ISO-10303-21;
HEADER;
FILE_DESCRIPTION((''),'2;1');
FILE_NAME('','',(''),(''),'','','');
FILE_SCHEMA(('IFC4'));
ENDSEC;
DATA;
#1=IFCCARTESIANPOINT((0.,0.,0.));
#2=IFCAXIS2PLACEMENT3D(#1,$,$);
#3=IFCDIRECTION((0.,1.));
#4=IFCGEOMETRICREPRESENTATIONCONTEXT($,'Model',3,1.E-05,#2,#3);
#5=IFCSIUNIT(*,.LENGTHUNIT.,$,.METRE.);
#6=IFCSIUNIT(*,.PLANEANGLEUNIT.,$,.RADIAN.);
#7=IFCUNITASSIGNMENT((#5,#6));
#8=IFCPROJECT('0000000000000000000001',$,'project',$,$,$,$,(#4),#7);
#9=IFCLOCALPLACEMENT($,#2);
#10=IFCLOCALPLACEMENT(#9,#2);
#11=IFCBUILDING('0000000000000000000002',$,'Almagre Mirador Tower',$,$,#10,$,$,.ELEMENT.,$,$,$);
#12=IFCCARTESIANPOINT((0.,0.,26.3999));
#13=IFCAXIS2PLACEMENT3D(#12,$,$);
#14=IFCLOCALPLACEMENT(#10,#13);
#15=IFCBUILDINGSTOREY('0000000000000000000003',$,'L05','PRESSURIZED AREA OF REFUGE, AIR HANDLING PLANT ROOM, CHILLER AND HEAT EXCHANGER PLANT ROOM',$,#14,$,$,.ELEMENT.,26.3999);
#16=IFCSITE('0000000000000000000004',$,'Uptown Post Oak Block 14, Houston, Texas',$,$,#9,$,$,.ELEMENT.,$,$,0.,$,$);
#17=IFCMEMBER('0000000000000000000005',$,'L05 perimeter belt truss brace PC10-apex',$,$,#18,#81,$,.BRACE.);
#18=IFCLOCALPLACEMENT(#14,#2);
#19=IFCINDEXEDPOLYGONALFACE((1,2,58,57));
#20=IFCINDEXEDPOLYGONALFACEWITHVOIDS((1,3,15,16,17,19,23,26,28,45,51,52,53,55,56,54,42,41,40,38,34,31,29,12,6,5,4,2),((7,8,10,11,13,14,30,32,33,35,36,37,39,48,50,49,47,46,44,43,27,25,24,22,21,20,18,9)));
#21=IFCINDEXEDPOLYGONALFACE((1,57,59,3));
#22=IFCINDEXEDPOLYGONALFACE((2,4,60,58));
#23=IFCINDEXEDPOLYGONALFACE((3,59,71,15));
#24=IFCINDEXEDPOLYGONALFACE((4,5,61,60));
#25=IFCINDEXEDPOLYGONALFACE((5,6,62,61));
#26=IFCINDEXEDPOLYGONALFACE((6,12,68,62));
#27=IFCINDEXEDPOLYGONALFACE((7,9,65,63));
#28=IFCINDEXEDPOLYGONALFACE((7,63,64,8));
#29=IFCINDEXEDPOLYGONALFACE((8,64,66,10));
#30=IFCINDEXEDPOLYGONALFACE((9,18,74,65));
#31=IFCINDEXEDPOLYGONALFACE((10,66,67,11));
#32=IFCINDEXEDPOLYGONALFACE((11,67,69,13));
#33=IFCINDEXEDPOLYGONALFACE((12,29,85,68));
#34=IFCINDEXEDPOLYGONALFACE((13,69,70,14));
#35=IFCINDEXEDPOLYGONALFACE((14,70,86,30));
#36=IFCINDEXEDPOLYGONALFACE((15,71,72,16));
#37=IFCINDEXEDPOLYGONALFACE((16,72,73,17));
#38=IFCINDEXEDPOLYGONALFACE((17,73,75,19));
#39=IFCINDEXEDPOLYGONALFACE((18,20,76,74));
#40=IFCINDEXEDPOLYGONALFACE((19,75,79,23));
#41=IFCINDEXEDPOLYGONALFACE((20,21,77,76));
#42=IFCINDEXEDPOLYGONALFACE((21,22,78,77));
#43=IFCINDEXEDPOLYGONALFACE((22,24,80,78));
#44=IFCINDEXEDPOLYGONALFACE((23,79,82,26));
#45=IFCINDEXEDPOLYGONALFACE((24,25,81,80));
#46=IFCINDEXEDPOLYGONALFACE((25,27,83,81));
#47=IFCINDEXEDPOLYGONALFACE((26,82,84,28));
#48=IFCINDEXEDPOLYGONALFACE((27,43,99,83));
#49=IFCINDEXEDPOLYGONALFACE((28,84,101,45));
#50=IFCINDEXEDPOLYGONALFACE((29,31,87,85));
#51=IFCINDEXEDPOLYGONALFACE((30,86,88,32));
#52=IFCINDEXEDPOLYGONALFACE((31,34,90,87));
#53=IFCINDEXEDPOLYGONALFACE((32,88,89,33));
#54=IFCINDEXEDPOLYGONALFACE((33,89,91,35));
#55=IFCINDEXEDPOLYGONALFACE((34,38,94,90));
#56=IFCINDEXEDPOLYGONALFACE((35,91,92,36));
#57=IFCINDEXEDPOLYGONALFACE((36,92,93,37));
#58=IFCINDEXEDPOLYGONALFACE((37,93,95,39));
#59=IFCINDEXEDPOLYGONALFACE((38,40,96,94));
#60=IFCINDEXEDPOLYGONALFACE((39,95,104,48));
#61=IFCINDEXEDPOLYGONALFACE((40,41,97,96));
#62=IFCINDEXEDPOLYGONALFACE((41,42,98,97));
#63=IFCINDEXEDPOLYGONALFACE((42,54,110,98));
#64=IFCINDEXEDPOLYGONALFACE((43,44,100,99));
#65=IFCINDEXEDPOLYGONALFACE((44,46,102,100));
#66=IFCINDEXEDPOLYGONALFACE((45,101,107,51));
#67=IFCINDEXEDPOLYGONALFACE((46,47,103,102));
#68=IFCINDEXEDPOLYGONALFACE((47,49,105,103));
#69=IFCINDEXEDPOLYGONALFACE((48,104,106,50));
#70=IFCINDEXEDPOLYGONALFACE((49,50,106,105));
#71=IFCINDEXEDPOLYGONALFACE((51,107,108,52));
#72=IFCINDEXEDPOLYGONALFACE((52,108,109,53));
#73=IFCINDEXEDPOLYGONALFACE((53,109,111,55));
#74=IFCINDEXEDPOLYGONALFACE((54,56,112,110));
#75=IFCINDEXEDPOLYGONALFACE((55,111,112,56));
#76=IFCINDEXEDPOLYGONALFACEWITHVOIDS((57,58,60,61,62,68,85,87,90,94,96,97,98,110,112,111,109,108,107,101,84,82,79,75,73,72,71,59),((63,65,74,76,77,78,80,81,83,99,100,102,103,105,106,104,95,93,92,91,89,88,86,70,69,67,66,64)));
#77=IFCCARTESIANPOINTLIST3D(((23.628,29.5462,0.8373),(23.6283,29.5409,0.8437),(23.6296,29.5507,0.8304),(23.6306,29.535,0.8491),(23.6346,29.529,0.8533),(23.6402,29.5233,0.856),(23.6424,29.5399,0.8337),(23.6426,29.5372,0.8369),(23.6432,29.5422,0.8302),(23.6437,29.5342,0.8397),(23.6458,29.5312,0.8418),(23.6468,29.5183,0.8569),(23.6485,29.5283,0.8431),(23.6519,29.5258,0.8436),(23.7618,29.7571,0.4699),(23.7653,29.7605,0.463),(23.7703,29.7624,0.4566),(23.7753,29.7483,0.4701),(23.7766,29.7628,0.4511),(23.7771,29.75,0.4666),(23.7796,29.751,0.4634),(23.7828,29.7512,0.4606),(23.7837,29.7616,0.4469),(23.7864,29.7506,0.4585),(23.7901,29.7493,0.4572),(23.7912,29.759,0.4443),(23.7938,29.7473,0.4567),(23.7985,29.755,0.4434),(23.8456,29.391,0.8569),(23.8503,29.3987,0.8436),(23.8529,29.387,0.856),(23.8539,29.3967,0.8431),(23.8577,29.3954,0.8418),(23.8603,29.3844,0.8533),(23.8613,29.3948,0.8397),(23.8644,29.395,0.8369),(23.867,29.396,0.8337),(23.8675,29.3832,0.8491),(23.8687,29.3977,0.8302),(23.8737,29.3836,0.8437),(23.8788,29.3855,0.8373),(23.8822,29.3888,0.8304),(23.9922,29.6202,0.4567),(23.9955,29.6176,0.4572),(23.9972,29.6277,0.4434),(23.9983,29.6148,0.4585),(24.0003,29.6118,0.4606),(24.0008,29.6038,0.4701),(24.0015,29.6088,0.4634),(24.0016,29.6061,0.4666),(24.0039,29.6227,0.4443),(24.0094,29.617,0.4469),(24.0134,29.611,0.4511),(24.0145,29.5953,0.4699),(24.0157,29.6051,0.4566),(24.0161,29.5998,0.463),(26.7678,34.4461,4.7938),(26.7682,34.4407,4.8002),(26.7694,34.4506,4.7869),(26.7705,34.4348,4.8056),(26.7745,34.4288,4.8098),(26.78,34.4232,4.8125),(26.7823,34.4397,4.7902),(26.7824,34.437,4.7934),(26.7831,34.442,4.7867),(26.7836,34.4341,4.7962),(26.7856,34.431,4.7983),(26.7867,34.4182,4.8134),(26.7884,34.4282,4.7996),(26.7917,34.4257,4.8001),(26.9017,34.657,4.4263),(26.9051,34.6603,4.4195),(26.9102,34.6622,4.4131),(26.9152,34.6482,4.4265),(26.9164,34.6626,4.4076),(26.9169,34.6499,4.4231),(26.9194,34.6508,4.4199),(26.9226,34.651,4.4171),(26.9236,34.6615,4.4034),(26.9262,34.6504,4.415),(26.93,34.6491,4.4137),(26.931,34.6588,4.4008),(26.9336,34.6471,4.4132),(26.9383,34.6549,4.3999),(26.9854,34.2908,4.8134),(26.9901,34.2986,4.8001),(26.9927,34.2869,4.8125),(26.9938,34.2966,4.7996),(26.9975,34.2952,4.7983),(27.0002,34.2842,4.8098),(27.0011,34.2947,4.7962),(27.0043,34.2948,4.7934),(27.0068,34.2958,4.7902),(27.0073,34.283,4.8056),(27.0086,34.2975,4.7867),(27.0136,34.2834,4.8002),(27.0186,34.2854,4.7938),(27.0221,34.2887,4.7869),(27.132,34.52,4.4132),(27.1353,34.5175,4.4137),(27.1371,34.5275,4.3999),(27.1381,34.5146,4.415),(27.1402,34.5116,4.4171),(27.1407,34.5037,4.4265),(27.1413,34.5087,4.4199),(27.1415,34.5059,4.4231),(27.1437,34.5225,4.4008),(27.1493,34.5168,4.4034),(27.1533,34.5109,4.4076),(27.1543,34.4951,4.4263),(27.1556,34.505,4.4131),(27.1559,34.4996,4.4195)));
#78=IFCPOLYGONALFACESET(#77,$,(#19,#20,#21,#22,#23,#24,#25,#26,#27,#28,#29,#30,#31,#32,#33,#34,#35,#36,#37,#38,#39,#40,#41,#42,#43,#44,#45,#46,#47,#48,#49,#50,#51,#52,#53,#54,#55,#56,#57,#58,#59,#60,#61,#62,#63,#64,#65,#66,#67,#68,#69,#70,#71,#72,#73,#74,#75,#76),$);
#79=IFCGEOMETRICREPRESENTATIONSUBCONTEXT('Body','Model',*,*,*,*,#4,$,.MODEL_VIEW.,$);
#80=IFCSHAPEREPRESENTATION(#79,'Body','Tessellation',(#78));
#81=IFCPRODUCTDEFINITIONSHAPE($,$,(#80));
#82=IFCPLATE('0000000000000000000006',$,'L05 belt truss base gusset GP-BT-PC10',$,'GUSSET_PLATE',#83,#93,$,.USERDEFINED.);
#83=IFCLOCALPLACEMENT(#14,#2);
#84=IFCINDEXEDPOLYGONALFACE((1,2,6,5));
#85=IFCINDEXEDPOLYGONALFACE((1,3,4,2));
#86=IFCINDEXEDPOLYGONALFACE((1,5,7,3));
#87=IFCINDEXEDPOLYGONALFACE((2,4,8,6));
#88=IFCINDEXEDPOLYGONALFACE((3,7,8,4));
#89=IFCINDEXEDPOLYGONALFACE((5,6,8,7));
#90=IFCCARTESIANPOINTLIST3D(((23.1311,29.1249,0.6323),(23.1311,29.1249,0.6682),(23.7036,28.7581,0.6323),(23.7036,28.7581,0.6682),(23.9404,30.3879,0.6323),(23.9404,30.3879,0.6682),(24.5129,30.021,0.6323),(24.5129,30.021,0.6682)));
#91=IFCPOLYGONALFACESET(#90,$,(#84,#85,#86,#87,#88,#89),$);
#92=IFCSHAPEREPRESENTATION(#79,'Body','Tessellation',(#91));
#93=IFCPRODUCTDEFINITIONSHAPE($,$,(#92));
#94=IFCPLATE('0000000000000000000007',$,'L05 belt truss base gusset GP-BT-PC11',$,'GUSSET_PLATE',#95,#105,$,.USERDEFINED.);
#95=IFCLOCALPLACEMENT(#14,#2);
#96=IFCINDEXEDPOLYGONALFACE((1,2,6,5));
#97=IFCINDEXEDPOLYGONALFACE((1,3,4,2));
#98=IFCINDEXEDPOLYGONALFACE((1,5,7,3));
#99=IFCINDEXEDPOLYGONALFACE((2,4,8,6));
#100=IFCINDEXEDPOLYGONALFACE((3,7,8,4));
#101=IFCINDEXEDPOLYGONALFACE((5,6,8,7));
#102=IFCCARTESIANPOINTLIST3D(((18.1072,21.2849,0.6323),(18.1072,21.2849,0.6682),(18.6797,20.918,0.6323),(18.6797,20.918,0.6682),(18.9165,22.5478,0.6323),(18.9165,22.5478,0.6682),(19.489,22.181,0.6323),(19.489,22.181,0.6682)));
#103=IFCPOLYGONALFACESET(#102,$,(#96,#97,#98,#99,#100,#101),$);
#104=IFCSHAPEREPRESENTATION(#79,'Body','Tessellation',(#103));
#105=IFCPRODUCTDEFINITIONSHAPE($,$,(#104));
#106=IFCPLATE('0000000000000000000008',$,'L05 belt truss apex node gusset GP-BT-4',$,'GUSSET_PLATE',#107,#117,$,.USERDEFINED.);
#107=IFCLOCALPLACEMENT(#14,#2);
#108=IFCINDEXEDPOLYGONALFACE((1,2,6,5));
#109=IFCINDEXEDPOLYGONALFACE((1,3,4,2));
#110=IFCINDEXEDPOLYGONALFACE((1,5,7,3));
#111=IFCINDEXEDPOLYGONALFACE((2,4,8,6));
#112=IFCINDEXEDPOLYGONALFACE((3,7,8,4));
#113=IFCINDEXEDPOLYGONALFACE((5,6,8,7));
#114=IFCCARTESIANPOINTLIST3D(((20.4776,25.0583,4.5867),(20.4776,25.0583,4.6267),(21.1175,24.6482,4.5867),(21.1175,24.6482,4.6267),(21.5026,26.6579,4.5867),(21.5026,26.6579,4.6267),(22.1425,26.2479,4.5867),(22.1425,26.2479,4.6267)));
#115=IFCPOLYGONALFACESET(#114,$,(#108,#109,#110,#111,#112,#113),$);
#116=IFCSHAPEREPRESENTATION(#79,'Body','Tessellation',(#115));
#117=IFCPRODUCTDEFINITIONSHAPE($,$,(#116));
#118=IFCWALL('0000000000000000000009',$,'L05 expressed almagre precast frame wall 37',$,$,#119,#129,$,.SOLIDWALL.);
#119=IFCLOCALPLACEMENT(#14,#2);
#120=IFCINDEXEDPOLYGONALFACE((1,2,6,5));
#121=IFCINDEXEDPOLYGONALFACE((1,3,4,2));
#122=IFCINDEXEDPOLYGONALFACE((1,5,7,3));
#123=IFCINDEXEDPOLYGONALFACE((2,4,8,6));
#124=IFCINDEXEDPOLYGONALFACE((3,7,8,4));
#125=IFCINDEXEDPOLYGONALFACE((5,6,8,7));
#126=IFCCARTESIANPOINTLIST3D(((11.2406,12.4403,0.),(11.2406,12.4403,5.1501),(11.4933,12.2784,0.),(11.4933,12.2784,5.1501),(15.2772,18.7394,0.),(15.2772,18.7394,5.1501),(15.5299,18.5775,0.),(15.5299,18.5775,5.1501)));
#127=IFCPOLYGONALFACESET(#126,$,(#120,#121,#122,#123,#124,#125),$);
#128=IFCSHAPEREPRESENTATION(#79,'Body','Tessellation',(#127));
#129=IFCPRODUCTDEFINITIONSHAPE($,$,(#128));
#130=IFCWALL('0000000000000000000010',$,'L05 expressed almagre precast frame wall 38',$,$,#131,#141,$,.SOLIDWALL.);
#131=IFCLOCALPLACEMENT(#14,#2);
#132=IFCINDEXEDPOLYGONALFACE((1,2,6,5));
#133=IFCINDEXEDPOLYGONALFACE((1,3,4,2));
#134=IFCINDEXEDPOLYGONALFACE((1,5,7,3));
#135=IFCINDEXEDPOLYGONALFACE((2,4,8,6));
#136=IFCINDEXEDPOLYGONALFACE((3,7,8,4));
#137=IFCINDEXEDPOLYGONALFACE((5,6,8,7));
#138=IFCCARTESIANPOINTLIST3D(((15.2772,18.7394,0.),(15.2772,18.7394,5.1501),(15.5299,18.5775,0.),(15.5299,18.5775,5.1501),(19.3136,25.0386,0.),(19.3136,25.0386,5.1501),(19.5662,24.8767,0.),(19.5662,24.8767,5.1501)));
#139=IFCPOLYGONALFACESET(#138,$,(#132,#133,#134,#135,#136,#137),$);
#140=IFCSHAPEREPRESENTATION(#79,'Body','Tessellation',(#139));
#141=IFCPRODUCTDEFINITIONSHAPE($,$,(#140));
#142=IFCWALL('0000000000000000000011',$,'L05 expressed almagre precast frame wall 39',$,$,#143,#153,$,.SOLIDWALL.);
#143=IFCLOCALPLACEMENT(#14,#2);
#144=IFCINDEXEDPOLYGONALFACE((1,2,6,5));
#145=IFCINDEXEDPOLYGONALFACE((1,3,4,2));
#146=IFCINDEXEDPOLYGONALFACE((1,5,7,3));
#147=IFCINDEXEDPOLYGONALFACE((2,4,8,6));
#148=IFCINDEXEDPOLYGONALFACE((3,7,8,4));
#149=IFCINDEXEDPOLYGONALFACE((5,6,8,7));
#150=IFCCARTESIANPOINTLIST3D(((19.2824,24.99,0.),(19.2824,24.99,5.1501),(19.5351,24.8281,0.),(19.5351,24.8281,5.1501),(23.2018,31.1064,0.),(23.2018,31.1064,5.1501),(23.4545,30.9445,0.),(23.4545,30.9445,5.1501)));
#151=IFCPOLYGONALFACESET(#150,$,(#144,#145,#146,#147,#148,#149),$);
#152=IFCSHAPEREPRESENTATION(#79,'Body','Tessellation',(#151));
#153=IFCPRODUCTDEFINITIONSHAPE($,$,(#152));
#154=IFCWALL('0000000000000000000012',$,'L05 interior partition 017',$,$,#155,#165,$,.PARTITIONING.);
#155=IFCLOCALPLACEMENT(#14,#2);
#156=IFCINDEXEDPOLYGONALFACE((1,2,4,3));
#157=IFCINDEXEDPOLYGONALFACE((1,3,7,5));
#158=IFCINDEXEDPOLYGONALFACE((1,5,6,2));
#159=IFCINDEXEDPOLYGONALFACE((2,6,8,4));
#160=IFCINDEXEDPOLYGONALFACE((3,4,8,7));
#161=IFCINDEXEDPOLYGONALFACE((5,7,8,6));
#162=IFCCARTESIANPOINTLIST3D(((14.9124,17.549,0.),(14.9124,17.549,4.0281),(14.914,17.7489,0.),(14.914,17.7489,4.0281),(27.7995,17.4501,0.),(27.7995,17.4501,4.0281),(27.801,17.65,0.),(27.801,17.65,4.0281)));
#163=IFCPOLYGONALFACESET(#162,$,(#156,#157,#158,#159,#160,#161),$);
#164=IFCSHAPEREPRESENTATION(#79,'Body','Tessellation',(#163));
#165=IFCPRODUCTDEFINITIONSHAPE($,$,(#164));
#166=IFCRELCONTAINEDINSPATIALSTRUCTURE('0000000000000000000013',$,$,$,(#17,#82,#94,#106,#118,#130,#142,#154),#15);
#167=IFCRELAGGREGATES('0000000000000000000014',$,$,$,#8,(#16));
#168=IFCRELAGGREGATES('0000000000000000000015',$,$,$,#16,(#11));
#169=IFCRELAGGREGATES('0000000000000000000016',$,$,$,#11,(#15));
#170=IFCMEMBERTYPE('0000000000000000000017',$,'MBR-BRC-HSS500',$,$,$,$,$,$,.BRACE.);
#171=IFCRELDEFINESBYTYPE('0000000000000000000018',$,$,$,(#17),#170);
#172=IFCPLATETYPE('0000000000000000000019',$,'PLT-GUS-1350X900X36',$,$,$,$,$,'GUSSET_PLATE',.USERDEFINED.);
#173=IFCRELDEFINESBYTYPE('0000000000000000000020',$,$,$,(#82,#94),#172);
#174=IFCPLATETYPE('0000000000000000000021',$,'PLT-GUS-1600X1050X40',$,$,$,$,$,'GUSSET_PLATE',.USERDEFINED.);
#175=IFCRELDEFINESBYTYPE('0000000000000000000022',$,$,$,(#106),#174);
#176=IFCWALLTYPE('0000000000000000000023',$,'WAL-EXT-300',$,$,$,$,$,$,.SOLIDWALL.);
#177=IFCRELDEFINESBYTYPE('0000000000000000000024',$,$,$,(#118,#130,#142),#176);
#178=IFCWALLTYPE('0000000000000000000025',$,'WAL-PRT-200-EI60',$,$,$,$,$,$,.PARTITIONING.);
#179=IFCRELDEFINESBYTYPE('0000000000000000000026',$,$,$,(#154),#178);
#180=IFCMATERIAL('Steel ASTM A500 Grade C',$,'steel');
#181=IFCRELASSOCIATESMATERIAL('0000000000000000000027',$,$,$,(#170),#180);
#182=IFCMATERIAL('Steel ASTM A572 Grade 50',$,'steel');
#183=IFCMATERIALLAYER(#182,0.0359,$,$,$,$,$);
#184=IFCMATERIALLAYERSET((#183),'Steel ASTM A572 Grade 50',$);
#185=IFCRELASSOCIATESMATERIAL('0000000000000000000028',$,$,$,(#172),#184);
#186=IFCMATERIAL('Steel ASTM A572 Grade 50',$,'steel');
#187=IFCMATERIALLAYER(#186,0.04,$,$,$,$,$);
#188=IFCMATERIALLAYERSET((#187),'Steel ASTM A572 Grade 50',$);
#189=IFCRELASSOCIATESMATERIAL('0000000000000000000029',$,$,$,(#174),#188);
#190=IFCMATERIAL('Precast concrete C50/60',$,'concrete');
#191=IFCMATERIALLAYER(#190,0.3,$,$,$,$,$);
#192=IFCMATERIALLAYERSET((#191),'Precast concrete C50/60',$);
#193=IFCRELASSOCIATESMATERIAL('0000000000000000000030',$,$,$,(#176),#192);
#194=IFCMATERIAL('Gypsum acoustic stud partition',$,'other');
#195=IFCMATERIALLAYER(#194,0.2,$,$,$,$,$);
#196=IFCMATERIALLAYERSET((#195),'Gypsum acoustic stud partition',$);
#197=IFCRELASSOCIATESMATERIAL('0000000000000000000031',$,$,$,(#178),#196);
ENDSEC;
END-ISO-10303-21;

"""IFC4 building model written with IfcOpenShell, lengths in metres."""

from ifc_helpers import new_model, si_unit, direction, frame, frame_2d, origin, origin_2d, place, context, subcontext, project, spatial, rectangle, hollow_rectangle, extrude, material, layer, layer_set, material_profile, profile_set, type_object, element, save


model = new_model("IFC4")

# Units and contexts
model_context = context("Model", 3, precision=1e-05, world=origin(), true_north=direction((0.0, 1.0)))
body_context = subcontext(model_context, "Body", "Model", "MODEL_VIEW")
ifc_project = project(units=[si_unit("LENGTHUNIT", "METRE"), si_unit("PLANEANGLEUNIT", "RADIAN")], contexts=[model_context])

# Site, building, storey
site_placement = place(None, origin())
site = spatial("IfcSite", under=ifc_project, at=site_placement, Name="Uptown Post Oak Block 14, Houston, Texas", CompositionType="ELEMENT", RefElevation=0.0)
building_placement = place(site_placement, origin())
building = spatial("IfcBuilding", under=site, at=building_placement, Name="Almagre Mirador Tower", CompositionType="ELEMENT")
storey_placement = place(building_placement, frame((0.0, 0.0, 26.3999)))
storey = spatial("IfcBuildingStorey", under=building, at=storey_placement, Name="L05", Description="PRESSURIZED AREA OF REFUGE, AIR HANDLING PLANT ROOM, CHILLER AND HEAT EXCHANGER PLANT ROOM", CompositionType="ELEMENT", Elevation=26.3999)

# Member
ifc_material_1 = material(Name="Steel ASTM A500 Grade C", Category="steel")
ifc_material_profile_1 = material_profile(ifc_material_1, hollow_rectangle(XDim=0.3, YDim=0.5, WallThickness=0.0161, InnerFilletRadius=0.0161, OuterFilletRadius=0.032, at=origin_2d()), Name="HSS500X300X16")
ifc_profile_set_1 = profile_set([ifc_material_profile_1], Name="Steel ASTM A500 Grade C")
member_type_1 = type_object("IfcMemberType", Name="MBR-BRC-HSS500", PredefinedType="BRACE", material=ifc_profile_set_1)
member_placement = place(storey_placement, frame((23.822, 29.573, 0.6501), z_axis=(0.446185, 0.696286, 0.562232), x_axis=(-0.841963, 0.539536, 0.0)))
element("IfcMember", 1, at=member_placement, inside=storey, type_object=member_type_1, Name="L05 perimeter belt truss brace PC10-apex", PredefinedType="BRACE", context=body_context, shape_type="SweptSolid", body=[
    extrude(hollow_rectangle(XDim=0.3, YDim=0.5, WallThickness=0.0161, InnerFilletRadius=0.0161, OuterFilletRadius=0.032, at=origin_2d()), origin(), (0.0, 0.0, 1.0), 7.0371),
])

# Plates
ifc_material_2 = material(Name="Steel ASTM A572 Grade 50", Category="steel")
ifc_layer_1 = layer(ifc_material_2, 0.0359)
ifc_layer_set_1 = layer_set([ifc_layer_1], Name="Steel ASTM A572 Grade 50")
plate_type_1 = type_object("IfcPlateType", Name="PLT-GUS-1350X900X36", ElementType="GUSSET_PLATE", PredefinedType="USERDEFINED", material=ifc_layer_set_1)
for number, where, z_axis, x_axis, name in (
    (2, (23.822, 29.573, 0.6323), (0.0, 0.0, 1.0), (-0.539535, -0.841963, 0.0), "L05 belt truss base gusset GP-BT-PC10"),
    (3, (18.7981, 21.7329, 0.6323), (0.0, 0.0, 1.0), (-0.539535, -0.841963, 0.0), "L05 belt truss base gusset GP-BT-PC11"),
):
    element("IfcPlate", number, at=place(storey_placement, frame(where, z_axis=z_axis, x_axis=x_axis)), inside=storey, type_object=plate_type_1, Name=name, ObjectType="GUSSET_PLATE", PredefinedType="USERDEFINED", context=body_context, shape_type="SweptSolid", body=[
        extrude(rectangle(XDim=1.5, YDim=0.6799, at=origin_2d()), origin(), (0.0, 0.0, 1.0), 0.0359),
    ])
ifc_material_3 = material(Name="Steel ASTM A572 Grade 50", Category="steel")
ifc_layer_2 = layer(ifc_material_3, 0.04)
ifc_layer_set_2 = layer_set([ifc_layer_2], Name="Steel ASTM A572 Grade 50")
plate_type_2 = type_object("IfcPlateType", Name="PLT-GUS-1600X1050X40", ElementType="GUSSET_PLATE", PredefinedType="USERDEFINED", material=ifc_layer_set_2)
plate_placement = place(storey_placement, frame((21.3101, 25.6531, 4.5867), z_axis=(0.0, 0.0, 1.0), x_axis=(-0.539535, -0.841963, 0.0)))
element("IfcPlate", 4, at=plate_placement, inside=storey, type_object=plate_type_2, Name="L05 belt truss apex node gusset GP-BT-4", ObjectType="GUSSET_PLATE", PredefinedType="USERDEFINED", context=body_context, shape_type="SweptSolid", body=[
    extrude(rectangle(XDim=1.8999, YDim=0.76, at=origin_2d()), origin(), (0.0, 0.0, 1.0), 0.04),
])

# Walls
ifc_material_4 = material(Name="Precast concrete C50/60", Category="concrete")
ifc_layer_3 = layer(ifc_material_4, 0.3)
ifc_layer_set_3 = layer_set([ifc_layer_3], Name="Precast concrete C50/60")
wall_type_1 = type_object("IfcWallType", Name="WAL-EXT-300", PredefinedType="SOLIDWALL", material=ifc_layer_set_3)
for number, where, z_axis, x_axis, name in (
    (5, (11.3669, 12.3594, 0.0), (0.0, 0.0, 1.0), (0.539548, 0.841955, 0.0), "L05 expressed almagre precast frame wall 37"),
    (6, (15.4036, 18.6584, 0.0), (0.0, 0.0, 1.0), (0.53951, 0.841979, 0.0), "L05 expressed almagre precast frame wall 38"),
):
    element("IfcWall", number, at=place(storey_placement, frame(where, z_axis=z_axis, x_axis=x_axis)), inside=storey, type_object=wall_type_1, Name=name, PredefinedType="SOLIDWALL", context=body_context, shape_type="SweptSolid", body=[
        extrude(rectangle(XDim=7.4814, YDim=0.3, at=frame_2d((3.7407, 0.0))), origin(), (0.0, 0.0, 1.0), 5.1501),
    ])
wall_1_placement = place(storey_placement, frame((19.4087, 24.9089, 0.0), z_axis=(0.0, 0.0, 1.0), x_axis=(0.539532, 0.841965, 0.0)))
element("IfcWall", 7, at=wall_1_placement, inside=storey, type_object=wall_type_1, Name="L05 expressed almagre precast frame wall 39", PredefinedType="SOLIDWALL", context=body_context, shape_type="SweptSolid", body=[
    extrude(rectangle(XDim=7.2644, YDim=0.3, at=frame_2d((3.6323, 0.0))), origin(), (0.0, 0.0, 1.0), 5.1501),
])
ifc_material_5 = material(Name="Gypsum acoustic stud partition", Category="other")
ifc_layer_4 = layer(ifc_material_5, 0.2)
ifc_layer_set_4 = layer_set([ifc_layer_4], Name="Gypsum acoustic stud partition")
wall_type_2 = type_object("IfcWallType", Name="WAL-PRT-200-EI60", PredefinedType="PARTITIONING", material=ifc_layer_set_4)
wall_2_placement = place(storey_placement, frame((14.9131, 17.6489, 0.0), z_axis=(0.0, 0.0, 1.0), x_axis=(0.999971, -0.007672, 0.0)))
element("IfcWall", 8, at=wall_2_placement, inside=storey, type_object=wall_type_2, Name="L05 interior partition 017", PredefinedType="PARTITIONING", context=body_context, shape_type="SweptSolid", body=[
    extrude(rectangle(XDim=12.8875, YDim=0.2, at=frame_2d((6.4438, 0.0))), origin(), (0.0, 0.0, 1.0), 4.0281),
])

save(model, "model.ifc")
